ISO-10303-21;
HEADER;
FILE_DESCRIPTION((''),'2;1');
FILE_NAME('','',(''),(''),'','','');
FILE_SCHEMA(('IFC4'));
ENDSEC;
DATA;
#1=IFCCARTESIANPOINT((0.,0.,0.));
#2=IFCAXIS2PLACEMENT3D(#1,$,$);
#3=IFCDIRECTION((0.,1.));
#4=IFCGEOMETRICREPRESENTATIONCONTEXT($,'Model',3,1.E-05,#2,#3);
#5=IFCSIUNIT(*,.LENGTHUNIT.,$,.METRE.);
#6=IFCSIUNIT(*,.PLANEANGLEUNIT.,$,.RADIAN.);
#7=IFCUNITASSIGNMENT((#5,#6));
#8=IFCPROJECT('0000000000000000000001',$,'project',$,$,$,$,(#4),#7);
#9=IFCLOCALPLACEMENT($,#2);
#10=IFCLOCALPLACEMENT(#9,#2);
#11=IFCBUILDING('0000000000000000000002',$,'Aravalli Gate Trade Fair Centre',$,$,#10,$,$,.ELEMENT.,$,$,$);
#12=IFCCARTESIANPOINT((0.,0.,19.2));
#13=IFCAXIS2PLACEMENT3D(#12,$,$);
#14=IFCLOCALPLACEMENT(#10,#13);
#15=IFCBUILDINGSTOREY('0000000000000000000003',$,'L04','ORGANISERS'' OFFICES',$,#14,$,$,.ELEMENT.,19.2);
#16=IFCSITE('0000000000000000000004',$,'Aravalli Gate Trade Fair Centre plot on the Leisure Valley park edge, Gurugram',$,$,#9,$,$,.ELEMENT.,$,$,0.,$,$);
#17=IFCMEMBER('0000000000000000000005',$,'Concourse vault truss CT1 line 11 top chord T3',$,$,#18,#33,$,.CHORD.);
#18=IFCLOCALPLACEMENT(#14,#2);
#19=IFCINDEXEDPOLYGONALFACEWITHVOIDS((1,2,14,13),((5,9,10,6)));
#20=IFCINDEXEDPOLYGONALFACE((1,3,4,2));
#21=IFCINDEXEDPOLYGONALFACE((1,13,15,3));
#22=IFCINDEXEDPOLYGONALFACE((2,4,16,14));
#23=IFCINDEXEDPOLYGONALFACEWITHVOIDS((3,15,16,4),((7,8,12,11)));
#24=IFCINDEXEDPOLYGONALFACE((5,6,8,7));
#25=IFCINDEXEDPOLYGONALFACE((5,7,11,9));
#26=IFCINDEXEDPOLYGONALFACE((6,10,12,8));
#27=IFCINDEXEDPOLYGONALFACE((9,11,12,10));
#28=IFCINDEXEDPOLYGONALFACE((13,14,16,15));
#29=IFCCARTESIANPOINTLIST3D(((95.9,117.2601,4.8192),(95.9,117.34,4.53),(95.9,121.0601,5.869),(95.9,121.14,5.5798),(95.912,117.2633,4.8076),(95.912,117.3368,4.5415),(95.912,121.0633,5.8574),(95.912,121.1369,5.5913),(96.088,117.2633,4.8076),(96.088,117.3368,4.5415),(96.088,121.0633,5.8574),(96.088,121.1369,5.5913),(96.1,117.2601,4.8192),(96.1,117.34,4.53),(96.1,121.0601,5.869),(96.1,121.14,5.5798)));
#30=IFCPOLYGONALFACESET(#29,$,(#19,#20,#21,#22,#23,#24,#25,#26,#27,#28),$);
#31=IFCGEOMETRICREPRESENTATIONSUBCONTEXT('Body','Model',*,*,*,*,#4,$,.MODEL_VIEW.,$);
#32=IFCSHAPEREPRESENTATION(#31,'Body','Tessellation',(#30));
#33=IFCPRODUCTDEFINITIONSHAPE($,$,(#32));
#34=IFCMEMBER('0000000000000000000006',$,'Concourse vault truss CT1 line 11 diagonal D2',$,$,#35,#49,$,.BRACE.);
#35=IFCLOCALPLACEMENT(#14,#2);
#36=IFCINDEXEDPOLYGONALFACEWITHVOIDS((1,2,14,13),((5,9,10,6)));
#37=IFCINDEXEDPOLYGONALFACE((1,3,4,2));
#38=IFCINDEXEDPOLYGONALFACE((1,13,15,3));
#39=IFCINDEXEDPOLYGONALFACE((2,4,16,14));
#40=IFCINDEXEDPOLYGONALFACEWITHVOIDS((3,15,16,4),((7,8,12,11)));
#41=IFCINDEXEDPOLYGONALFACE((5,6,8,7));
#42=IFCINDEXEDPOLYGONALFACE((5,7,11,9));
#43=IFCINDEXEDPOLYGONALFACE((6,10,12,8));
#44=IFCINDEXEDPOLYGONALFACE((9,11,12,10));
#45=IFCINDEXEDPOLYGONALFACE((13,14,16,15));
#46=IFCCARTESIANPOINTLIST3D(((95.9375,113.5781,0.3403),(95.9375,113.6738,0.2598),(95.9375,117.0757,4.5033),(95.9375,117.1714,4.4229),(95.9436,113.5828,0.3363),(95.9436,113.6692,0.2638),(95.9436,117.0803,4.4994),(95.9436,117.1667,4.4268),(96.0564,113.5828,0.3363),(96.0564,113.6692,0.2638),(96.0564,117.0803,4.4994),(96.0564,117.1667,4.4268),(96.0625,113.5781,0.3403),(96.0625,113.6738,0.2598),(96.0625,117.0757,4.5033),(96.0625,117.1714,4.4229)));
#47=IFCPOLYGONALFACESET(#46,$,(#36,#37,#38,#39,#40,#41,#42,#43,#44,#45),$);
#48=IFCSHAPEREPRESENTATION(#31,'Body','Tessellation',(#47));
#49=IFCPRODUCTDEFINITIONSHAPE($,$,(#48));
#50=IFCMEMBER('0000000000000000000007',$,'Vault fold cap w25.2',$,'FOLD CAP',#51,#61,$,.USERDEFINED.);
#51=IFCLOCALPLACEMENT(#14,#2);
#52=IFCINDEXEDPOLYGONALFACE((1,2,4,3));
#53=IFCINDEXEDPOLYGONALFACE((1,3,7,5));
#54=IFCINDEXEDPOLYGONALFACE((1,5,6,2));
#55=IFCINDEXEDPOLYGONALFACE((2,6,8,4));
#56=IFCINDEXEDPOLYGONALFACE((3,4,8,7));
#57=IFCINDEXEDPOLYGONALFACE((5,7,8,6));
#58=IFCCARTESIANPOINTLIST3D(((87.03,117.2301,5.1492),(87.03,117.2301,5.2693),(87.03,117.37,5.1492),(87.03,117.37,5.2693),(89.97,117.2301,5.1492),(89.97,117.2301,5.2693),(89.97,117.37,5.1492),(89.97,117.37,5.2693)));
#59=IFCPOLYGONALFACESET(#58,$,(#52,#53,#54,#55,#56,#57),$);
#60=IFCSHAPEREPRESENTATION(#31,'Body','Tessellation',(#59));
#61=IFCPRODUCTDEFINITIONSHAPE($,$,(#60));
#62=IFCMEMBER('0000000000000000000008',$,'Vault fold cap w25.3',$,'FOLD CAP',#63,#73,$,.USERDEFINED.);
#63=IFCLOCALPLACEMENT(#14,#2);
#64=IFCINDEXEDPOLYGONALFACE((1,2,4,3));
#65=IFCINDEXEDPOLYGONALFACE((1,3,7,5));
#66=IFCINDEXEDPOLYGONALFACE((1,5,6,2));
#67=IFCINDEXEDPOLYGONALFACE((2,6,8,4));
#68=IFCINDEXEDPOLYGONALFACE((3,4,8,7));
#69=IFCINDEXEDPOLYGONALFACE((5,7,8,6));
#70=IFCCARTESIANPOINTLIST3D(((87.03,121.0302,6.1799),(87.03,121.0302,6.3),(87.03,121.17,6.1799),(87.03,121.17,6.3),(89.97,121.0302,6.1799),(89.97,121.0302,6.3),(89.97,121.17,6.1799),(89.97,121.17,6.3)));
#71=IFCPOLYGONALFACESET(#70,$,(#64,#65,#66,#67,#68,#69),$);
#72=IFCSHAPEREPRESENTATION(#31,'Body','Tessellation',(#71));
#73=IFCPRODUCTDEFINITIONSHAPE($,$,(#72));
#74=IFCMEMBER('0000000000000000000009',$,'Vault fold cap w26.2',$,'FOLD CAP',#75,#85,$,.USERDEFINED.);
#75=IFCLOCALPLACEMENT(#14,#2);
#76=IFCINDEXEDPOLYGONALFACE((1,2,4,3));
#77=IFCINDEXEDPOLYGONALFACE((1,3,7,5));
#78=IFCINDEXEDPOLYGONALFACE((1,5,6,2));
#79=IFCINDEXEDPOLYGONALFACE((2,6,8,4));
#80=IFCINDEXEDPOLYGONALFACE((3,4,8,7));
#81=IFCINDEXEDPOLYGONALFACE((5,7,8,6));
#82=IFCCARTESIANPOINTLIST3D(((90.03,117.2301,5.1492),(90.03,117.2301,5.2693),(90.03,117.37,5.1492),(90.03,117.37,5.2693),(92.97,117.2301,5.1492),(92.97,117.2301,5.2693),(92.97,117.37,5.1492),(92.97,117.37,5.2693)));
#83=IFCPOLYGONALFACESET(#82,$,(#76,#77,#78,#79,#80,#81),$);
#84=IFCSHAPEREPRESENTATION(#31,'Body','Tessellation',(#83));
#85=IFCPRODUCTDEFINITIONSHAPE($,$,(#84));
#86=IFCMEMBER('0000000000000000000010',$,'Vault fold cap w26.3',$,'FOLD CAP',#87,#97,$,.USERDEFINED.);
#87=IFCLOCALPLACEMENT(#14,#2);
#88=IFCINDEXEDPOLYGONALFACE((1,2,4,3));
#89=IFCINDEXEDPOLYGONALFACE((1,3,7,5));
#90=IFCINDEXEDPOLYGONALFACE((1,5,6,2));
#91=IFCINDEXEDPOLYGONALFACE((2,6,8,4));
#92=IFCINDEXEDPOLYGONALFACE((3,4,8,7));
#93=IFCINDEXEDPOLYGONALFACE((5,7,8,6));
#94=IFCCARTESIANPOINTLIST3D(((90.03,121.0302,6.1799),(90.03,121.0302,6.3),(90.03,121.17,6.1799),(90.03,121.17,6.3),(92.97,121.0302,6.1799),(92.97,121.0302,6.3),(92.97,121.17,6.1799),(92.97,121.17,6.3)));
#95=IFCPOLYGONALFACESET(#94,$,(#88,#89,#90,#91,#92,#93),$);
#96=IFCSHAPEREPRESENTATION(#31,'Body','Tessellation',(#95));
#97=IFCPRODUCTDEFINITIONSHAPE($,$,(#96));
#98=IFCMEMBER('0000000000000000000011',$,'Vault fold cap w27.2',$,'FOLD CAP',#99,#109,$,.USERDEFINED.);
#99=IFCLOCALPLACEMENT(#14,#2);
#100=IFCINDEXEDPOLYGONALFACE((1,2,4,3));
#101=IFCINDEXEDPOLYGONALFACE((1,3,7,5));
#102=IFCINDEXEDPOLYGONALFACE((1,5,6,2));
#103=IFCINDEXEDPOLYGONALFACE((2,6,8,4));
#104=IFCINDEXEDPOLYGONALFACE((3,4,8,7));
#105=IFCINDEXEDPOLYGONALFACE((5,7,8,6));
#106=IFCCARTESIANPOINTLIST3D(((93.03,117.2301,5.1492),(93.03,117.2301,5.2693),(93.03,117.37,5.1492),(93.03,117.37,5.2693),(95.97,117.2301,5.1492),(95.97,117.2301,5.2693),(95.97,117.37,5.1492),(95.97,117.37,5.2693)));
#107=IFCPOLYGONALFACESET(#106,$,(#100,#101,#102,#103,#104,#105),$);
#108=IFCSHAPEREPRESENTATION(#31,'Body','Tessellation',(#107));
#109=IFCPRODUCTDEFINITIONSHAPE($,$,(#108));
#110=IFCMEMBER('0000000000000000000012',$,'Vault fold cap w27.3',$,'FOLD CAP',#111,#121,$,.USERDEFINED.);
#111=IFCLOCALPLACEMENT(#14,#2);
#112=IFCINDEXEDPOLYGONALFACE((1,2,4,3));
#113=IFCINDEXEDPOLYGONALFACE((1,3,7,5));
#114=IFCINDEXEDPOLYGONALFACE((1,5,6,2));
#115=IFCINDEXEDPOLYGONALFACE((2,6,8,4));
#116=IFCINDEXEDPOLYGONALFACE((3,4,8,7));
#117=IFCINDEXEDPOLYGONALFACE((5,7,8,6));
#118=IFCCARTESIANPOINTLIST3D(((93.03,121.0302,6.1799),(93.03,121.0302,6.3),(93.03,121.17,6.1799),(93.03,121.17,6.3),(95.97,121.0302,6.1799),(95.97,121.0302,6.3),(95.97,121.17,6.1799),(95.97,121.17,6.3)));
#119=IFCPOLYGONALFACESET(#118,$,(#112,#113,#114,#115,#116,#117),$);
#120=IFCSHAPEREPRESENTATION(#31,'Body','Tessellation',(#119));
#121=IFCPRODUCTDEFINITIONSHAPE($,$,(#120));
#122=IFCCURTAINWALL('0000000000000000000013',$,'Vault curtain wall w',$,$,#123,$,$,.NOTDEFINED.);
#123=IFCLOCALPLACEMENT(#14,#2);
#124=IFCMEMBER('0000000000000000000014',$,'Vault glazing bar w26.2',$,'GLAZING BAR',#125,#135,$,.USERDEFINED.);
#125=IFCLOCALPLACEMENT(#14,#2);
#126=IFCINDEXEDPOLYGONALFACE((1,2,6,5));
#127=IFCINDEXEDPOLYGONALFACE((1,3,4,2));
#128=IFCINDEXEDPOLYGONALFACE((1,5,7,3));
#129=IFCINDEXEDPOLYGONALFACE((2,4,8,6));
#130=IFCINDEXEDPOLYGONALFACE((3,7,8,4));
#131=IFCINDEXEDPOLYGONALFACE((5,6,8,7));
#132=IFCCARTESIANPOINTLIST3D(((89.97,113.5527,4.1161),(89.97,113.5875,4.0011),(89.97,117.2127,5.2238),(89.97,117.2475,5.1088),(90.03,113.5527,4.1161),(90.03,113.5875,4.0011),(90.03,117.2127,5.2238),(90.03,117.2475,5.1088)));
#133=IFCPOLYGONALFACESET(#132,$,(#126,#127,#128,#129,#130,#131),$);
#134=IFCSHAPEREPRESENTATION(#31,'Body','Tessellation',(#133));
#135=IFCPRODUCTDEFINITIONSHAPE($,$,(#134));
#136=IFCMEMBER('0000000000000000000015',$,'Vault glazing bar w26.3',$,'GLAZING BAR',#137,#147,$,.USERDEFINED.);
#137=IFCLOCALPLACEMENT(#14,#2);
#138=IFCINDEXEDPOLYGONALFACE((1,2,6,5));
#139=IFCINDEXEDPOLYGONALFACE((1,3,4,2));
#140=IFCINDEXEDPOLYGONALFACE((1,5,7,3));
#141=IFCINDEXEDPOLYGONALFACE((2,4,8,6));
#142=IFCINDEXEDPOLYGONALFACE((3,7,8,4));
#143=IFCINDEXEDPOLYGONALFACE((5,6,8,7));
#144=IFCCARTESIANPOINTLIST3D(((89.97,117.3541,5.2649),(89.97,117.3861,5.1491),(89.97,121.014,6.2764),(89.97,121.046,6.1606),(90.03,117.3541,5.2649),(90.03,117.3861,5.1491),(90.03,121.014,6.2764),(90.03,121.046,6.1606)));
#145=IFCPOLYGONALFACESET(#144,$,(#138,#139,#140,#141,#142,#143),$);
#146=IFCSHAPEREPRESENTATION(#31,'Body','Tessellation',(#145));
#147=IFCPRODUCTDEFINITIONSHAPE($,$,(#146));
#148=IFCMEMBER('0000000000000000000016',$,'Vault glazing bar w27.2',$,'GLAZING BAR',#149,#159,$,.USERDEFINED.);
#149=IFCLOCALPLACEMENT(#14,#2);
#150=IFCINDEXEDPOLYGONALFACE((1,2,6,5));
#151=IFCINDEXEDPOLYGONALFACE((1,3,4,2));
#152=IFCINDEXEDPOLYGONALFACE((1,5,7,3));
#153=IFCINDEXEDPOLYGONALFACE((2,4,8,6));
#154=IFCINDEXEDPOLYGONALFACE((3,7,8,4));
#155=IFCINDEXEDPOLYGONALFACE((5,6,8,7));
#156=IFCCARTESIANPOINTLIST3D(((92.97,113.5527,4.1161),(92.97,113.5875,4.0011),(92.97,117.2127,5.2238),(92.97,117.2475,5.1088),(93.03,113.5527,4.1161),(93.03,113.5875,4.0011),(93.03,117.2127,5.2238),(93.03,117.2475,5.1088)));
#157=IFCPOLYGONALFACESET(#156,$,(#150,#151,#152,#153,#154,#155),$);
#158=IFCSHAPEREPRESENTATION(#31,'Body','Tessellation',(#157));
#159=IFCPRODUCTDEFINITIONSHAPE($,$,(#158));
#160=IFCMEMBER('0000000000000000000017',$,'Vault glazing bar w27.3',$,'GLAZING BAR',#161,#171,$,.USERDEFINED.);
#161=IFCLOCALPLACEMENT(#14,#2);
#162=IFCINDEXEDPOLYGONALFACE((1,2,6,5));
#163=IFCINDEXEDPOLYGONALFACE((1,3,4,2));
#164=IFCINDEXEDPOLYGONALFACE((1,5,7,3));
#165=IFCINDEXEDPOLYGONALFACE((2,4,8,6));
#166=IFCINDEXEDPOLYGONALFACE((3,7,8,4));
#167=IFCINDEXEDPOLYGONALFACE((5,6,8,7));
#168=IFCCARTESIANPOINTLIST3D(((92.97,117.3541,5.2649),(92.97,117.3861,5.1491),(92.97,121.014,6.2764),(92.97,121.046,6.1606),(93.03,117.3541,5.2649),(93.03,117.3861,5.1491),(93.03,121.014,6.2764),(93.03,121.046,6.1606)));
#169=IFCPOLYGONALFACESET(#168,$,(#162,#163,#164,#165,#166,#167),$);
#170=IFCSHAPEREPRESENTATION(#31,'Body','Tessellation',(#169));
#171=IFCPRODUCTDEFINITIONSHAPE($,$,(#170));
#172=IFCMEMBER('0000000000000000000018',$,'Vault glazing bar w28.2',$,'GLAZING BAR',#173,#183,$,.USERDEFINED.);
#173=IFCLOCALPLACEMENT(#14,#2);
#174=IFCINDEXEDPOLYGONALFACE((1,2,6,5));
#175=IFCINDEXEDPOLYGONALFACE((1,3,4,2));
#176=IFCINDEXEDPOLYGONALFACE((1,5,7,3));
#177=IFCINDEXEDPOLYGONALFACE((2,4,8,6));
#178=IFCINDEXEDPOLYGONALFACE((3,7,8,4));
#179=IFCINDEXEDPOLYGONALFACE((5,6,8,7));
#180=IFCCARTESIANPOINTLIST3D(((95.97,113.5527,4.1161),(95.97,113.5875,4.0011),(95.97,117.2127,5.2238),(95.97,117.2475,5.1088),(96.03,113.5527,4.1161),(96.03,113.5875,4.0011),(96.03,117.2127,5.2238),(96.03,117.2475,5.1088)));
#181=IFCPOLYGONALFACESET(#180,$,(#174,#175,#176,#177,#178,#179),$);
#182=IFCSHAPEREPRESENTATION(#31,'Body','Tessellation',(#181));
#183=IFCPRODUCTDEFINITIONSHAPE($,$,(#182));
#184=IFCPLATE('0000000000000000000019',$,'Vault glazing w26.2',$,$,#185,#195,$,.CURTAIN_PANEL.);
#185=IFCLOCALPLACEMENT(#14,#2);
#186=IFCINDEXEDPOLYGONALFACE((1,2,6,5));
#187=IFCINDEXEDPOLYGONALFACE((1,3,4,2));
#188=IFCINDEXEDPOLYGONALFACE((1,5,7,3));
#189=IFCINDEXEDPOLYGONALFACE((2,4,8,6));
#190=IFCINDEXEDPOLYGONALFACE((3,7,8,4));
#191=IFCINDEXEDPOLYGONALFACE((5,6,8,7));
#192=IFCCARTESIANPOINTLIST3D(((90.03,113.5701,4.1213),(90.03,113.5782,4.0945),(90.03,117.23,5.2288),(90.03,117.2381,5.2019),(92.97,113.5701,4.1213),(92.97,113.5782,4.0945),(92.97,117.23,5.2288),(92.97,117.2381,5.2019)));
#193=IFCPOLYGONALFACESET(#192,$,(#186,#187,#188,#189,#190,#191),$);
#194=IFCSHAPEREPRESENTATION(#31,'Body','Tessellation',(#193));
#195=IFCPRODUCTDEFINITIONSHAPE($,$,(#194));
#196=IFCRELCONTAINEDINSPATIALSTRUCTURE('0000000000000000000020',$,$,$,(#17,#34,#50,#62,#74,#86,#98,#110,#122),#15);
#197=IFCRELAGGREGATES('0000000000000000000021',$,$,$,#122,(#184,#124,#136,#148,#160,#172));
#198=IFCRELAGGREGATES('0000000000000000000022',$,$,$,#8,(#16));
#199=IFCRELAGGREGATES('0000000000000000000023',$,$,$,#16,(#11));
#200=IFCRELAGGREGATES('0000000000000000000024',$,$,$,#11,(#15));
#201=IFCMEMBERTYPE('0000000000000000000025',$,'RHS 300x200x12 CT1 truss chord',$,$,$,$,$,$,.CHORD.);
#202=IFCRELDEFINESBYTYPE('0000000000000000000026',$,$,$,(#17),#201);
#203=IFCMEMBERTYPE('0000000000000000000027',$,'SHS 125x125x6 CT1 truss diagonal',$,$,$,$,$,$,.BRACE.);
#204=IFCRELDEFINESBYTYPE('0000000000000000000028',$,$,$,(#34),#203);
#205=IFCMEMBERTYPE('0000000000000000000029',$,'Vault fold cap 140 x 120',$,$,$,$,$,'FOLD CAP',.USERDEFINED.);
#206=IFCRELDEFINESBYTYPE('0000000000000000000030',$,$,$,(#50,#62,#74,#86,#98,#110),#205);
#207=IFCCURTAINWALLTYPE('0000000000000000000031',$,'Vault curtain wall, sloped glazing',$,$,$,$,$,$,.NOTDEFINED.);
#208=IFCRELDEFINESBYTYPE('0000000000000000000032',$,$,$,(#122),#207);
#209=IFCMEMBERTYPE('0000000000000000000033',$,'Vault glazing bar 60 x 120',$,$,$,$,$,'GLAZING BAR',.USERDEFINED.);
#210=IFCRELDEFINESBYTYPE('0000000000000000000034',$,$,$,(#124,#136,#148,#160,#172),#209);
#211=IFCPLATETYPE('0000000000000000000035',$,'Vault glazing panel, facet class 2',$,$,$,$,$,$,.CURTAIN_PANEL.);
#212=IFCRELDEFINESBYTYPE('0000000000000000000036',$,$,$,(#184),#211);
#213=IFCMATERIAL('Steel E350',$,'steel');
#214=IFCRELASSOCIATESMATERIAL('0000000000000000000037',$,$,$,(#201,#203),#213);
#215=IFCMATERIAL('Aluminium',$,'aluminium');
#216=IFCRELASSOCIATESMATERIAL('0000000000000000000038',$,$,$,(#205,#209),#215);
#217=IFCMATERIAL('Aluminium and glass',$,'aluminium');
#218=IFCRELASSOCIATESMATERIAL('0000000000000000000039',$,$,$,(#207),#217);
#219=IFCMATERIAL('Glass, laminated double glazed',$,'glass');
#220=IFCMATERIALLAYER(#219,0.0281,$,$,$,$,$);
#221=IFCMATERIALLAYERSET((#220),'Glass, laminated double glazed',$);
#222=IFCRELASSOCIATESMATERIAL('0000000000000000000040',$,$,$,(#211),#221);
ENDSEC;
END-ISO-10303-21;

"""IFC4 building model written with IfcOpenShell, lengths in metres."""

from ifc_helpers import new_model, si_unit, direction, frame, origin, origin_2d, place, context, subcontext, project, spatial, polyline, rectangle, hollow_rectangle, outline, extrude, material, layer, layer_set, material_profile, profile_set, type_object, element, aggregate, save


model = new_model("IFC4")

# Units and contexts
model_context = context("Model", 3, precision=1e-05, world=origin(), true_north=direction((0.0, 1.0)))
body_context = subcontext(model_context, "Body", "Model", "MODEL_VIEW")
ifc_project = project(units=[si_unit("LENGTHUNIT", "METRE"), si_unit("PLANEANGLEUNIT", "RADIAN")], contexts=[model_context])

# Site, building, storey
site_placement = place(None, origin())
site = spatial("IfcSite", under=ifc_project, at=site_placement, Name="Aravalli Gate Trade Fair Centre plot on the Leisure Valley park edge, Gurugram", CompositionType="ELEMENT", RefElevation=0.0)
building_placement = place(site_placement, origin())
building = spatial("IfcBuilding", under=site, at=building_placement, Name="Aravalli Gate Trade Fair Centre", CompositionType="ELEMENT")
storey_placement = place(building_placement, frame((0.0, 0.0, 19.2)))
storey = spatial("IfcBuildingStorey", under=building, at=storey_placement, Name="L04", Description="ORGANISERS' OFFICES", CompositionType="ELEMENT", Elevation=19.2)

# Members
ifc_material_1 = material(Name="Steel E350", Category="steel")
ifc_material_profile_1 = material_profile(ifc_material_1, hollow_rectangle(XDim=0.2, YDim=0.3, WallThickness=0.012, at=origin_2d()), Name="RHS 300x200x12")
ifc_profile_set_1 = profile_set([ifc_material_profile_1], Name="Steel E350")
member_type_1 = type_object("IfcMemberType", Name="RHS 300x200x12 CT1 truss chord", PredefinedType="CHORD", material=ifc_profile_set_1)
member_1_placement = place(storey_placement, frame((96.0, 117.3, 4.6746), z_axis=(0.0, 0.963894, 0.266286), x_axis=(-1.0, 0.0, 0.0)))
element("IfcMember", 1, at=member_1_placement, inside=storey, type_object=member_type_1, Name="Concourse vault truss CT1 line 11 top chord T3", PredefinedType="CHORD", context=body_context, shape_type="SweptSolid", body=[
    extrude(hollow_rectangle(XDim=0.2, YDim=0.3, WallThickness=0.012, at=origin_2d()), origin(), (0.0, 0.0, 1.0), 3.9424),
])
ifc_material_profile_2 = material_profile(ifc_material_1, hollow_rectangle(XDim=0.125, YDim=0.125, WallThickness=0.0061, at=origin_2d()), Name="SHS 125x125x6")
ifc_profile_set_2 = profile_set([ifc_material_profile_2], Name="Steel E350")
member_type_2 = type_object("IfcMemberType", Name="SHS 125x125x6 CT1 truss diagonal", PredefinedType="BRACE", material=ifc_profile_set_2)
member_2_placement = place(storey_placement, frame((96.0, 113.626, 0.3), z_axis=(0.0, 0.643253, 0.765654), x_axis=(-1.0, 0.0, 0.0)))
element("IfcMember", 2, at=member_2_placement, inside=storey, type_object=member_type_2, Name="Concourse vault truss CT1 line 11 diagonal D2", PredefinedType="BRACE", context=body_context, shape_type="SweptSolid", body=[
    extrude(hollow_rectangle(XDim=0.125, YDim=0.125, WallThickness=0.0061, at=origin_2d()), origin(), (0.0, 0.0, 1.0), 5.4373),
])
ifc_material_2 = material(Name="Aluminium", Category="aluminium")
ifc_material_profile_3 = material_profile(ifc_material_2, rectangle(XDim=0.1399, YDim=0.1201, at=origin_2d()), Name="Vault fold cap 140 x 120")
ifc_profile_set_3 = profile_set([ifc_material_profile_3], Name="Aluminium")
member_type_3 = type_object("IfcMemberType", Name="Vault fold cap 140 x 120", ElementType="FOLD CAP", PredefinedType="USERDEFINED", material=ifc_profile_set_3)
for number, where, z_axis, x_axis, name in (
    (3, (87.03, 117.3, 5.2092), (1.0, 0.0, 0.0), (0.0, 1.0, 0.0), "Vault fold cap w25.2"),
    (4, (87.03, 121.1001, 6.24), (1.0, 0.0, 0.0), (0.0, 1.0, 0.0), "Vault fold cap w25.3"),
    (5, (90.03, 117.3, 5.2092), (1.0, 0.0, 0.0), (0.0, 1.0, 0.0), "Vault fold cap w26.2"),
    (6, (90.03, 121.1001, 6.24), (1.0, 0.0, 0.0), (0.0, 1.0, 0.0), "Vault fold cap w26.3"),
    (7, (93.03, 117.3, 5.2092), (1.0, 0.0, 0.0), (0.0, 1.0, 0.0), "Vault fold cap w27.2"),
    (8, (93.03, 121.1001, 6.24), (1.0, 0.0, 0.0), (0.0, 1.0, 0.0), "Vault fold cap w27.3"),
):
    element("IfcMember", number, at=place(storey_placement, frame(where, z_axis=z_axis, x_axis=x_axis)), inside=storey, type_object=member_type_3, Name=name, ObjectType="FOLD CAP", PredefinedType="USERDEFINED", context=body_context, shape_type="SweptSolid", body=[
        extrude(rectangle(XDim=0.1399, YDim=0.1201, at=origin_2d()), origin(), (0.0, 0.0, 1.0), 2.9399),
    ])

# Curtain wall, members, plate
ifc_material_3 = material(Name="Aluminium and glass", Category="aluminium")
curtain_wall_type = type_object("IfcCurtainWallType", Name="Vault curtain wall, sloped glazing", PredefinedType="NOTDEFINED", material=ifc_material_3)
curtain_wall_placement = place(storey_placement, origin())
curtain_wall = element("IfcCurtainWall", 9, at=curtain_wall_placement, inside=storey, type_object=curtain_wall_type, Name="Vault curtain wall w", PredefinedType="NOTDEFINED")
ifc_material_profile_4 = material_profile(ifc_material_2, rectangle(XDim=0.0601, YDim=0.1201, at=origin_2d()), Name="Vault glazing bar 60 x 120")
ifc_profile_set_4 = profile_set([ifc_material_profile_4], Name="Aluminium")
member_type_4 = type_object("IfcMemberType", Name="Vault glazing bar 60 x 120", ElementType="GLAZING BAR", PredefinedType="USERDEFINED", material=ifc_profile_set_4)
member_3_placement = place(storey_placement, frame((90.0, 113.5701, 4.0586), z_axis=(0.0, 0.957126, 0.289672), x_axis=(-1.0, 0.0, 0.0)))
member_3 = element("IfcMember", 10, at=member_3_placement, type_object=member_type_4, Name="Vault glazing bar w26.2", ObjectType="GLAZING BAR", PredefinedType="USERDEFINED", context=body_context, shape_type="SweptSolid", body=[
    extrude(rectangle(XDim=0.0601, YDim=0.1201, at=origin_2d()), origin(), (0.0, 0.0, 1.0), 3.824),
])
member_4_placement = place(storey_placement, frame((90.0, 117.3701, 5.207), z_axis=(0.0, 0.963868, 0.26638), x_axis=(-1.0, 0.0, 0.0)))
member_4 = element("IfcMember", 11, at=member_4_placement, type_object=member_type_4, Name="Vault glazing bar w26.3", ObjectType="GLAZING BAR", PredefinedType="USERDEFINED", context=body_context, shape_type="SweptSolid", body=[
    extrude(rectangle(XDim=0.0601, YDim=0.1201, at=origin_2d()), origin(), (0.0, 0.0, 1.0), 3.7971),
])
member_5_placement = place(storey_placement, frame((93.0, 113.5701, 4.0586), z_axis=(0.0, 0.957126, 0.289672), x_axis=(-1.0, 0.0, 0.0)))
member_5 = element("IfcMember", 12, at=member_5_placement, type_object=member_type_4, Name="Vault glazing bar w27.2", ObjectType="GLAZING BAR", PredefinedType="USERDEFINED", context=body_context, shape_type="SweptSolid", body=[
    extrude(rectangle(XDim=0.0601, YDim=0.1201, at=origin_2d()), origin(), (0.0, 0.0, 1.0), 3.824),
])
member_6_placement = place(storey_placement, frame((93.0, 117.3701, 5.207), z_axis=(0.0, 0.963868, 0.26638), x_axis=(-1.0, 0.0, 0.0)))
member_6 = element("IfcMember", 13, at=member_6_placement, type_object=member_type_4, Name="Vault glazing bar w27.3", ObjectType="GLAZING BAR", PredefinedType="USERDEFINED", context=body_context, shape_type="SweptSolid", body=[
    extrude(rectangle(XDim=0.0601, YDim=0.1201, at=origin_2d()), origin(), (0.0, 0.0, 1.0), 3.7971),
])
member_7_placement = place(storey_placement, frame((96.0, 113.5701, 4.0586), z_axis=(0.0, 0.957126, 0.289672), x_axis=(-1.0, 0.0, 0.0)))
member_7 = element("IfcMember", 14, at=member_7_placement, type_object=member_type_4, Name="Vault glazing bar w28.2", ObjectType="GLAZING BAR", PredefinedType="USERDEFINED", context=body_context, shape_type="SweptSolid", body=[
    extrude(rectangle(XDim=0.0601, YDim=0.1201, at=origin_2d()), origin(), (0.0, 0.0, 1.0), 3.824),
])
ifc_material_4 = material(Name="Glass, laminated double glazed", Category="glass")
ifc_layer_1 = layer(ifc_material_4, 0.0281)
ifc_layer_set_1 = layer_set([ifc_layer_1], Name="Glass, laminated double glazed")
plate_type_1 = type_object("IfcPlateType", Name="Vault glazing panel, facet class 2", PredefinedType="CURTAIN_PANEL", material=ifc_layer_set_1)
plate_1_placement = place(storey_placement, frame((90.03, 113.5701, 4.1213), z_axis=(0.0, -0.289614, 0.957144), x_axis=(1.0, 0.0, 0.0)))
plate_1 = element("IfcPlate", 15, at=plate_1_placement, type_object=plate_type_1, Name="Vault glazing w26.2", PredefinedType="CURTAIN_PANEL", context=body_context, shape_type="SweptSolid", body=[
    extrude(outline(polyline([(0.0, 0.0), (2.9399, 0.0), (2.9399, 3.8238), (0.0, 3.8238), (0.0, 0.0)])), origin(), (0.0, 0.0, -1.0), 0.0281),
])
aggregate(curtain_wall, [plate_1, member_3, member_4, member_5, member_6, member_7])

save(model, "model.ifc")
